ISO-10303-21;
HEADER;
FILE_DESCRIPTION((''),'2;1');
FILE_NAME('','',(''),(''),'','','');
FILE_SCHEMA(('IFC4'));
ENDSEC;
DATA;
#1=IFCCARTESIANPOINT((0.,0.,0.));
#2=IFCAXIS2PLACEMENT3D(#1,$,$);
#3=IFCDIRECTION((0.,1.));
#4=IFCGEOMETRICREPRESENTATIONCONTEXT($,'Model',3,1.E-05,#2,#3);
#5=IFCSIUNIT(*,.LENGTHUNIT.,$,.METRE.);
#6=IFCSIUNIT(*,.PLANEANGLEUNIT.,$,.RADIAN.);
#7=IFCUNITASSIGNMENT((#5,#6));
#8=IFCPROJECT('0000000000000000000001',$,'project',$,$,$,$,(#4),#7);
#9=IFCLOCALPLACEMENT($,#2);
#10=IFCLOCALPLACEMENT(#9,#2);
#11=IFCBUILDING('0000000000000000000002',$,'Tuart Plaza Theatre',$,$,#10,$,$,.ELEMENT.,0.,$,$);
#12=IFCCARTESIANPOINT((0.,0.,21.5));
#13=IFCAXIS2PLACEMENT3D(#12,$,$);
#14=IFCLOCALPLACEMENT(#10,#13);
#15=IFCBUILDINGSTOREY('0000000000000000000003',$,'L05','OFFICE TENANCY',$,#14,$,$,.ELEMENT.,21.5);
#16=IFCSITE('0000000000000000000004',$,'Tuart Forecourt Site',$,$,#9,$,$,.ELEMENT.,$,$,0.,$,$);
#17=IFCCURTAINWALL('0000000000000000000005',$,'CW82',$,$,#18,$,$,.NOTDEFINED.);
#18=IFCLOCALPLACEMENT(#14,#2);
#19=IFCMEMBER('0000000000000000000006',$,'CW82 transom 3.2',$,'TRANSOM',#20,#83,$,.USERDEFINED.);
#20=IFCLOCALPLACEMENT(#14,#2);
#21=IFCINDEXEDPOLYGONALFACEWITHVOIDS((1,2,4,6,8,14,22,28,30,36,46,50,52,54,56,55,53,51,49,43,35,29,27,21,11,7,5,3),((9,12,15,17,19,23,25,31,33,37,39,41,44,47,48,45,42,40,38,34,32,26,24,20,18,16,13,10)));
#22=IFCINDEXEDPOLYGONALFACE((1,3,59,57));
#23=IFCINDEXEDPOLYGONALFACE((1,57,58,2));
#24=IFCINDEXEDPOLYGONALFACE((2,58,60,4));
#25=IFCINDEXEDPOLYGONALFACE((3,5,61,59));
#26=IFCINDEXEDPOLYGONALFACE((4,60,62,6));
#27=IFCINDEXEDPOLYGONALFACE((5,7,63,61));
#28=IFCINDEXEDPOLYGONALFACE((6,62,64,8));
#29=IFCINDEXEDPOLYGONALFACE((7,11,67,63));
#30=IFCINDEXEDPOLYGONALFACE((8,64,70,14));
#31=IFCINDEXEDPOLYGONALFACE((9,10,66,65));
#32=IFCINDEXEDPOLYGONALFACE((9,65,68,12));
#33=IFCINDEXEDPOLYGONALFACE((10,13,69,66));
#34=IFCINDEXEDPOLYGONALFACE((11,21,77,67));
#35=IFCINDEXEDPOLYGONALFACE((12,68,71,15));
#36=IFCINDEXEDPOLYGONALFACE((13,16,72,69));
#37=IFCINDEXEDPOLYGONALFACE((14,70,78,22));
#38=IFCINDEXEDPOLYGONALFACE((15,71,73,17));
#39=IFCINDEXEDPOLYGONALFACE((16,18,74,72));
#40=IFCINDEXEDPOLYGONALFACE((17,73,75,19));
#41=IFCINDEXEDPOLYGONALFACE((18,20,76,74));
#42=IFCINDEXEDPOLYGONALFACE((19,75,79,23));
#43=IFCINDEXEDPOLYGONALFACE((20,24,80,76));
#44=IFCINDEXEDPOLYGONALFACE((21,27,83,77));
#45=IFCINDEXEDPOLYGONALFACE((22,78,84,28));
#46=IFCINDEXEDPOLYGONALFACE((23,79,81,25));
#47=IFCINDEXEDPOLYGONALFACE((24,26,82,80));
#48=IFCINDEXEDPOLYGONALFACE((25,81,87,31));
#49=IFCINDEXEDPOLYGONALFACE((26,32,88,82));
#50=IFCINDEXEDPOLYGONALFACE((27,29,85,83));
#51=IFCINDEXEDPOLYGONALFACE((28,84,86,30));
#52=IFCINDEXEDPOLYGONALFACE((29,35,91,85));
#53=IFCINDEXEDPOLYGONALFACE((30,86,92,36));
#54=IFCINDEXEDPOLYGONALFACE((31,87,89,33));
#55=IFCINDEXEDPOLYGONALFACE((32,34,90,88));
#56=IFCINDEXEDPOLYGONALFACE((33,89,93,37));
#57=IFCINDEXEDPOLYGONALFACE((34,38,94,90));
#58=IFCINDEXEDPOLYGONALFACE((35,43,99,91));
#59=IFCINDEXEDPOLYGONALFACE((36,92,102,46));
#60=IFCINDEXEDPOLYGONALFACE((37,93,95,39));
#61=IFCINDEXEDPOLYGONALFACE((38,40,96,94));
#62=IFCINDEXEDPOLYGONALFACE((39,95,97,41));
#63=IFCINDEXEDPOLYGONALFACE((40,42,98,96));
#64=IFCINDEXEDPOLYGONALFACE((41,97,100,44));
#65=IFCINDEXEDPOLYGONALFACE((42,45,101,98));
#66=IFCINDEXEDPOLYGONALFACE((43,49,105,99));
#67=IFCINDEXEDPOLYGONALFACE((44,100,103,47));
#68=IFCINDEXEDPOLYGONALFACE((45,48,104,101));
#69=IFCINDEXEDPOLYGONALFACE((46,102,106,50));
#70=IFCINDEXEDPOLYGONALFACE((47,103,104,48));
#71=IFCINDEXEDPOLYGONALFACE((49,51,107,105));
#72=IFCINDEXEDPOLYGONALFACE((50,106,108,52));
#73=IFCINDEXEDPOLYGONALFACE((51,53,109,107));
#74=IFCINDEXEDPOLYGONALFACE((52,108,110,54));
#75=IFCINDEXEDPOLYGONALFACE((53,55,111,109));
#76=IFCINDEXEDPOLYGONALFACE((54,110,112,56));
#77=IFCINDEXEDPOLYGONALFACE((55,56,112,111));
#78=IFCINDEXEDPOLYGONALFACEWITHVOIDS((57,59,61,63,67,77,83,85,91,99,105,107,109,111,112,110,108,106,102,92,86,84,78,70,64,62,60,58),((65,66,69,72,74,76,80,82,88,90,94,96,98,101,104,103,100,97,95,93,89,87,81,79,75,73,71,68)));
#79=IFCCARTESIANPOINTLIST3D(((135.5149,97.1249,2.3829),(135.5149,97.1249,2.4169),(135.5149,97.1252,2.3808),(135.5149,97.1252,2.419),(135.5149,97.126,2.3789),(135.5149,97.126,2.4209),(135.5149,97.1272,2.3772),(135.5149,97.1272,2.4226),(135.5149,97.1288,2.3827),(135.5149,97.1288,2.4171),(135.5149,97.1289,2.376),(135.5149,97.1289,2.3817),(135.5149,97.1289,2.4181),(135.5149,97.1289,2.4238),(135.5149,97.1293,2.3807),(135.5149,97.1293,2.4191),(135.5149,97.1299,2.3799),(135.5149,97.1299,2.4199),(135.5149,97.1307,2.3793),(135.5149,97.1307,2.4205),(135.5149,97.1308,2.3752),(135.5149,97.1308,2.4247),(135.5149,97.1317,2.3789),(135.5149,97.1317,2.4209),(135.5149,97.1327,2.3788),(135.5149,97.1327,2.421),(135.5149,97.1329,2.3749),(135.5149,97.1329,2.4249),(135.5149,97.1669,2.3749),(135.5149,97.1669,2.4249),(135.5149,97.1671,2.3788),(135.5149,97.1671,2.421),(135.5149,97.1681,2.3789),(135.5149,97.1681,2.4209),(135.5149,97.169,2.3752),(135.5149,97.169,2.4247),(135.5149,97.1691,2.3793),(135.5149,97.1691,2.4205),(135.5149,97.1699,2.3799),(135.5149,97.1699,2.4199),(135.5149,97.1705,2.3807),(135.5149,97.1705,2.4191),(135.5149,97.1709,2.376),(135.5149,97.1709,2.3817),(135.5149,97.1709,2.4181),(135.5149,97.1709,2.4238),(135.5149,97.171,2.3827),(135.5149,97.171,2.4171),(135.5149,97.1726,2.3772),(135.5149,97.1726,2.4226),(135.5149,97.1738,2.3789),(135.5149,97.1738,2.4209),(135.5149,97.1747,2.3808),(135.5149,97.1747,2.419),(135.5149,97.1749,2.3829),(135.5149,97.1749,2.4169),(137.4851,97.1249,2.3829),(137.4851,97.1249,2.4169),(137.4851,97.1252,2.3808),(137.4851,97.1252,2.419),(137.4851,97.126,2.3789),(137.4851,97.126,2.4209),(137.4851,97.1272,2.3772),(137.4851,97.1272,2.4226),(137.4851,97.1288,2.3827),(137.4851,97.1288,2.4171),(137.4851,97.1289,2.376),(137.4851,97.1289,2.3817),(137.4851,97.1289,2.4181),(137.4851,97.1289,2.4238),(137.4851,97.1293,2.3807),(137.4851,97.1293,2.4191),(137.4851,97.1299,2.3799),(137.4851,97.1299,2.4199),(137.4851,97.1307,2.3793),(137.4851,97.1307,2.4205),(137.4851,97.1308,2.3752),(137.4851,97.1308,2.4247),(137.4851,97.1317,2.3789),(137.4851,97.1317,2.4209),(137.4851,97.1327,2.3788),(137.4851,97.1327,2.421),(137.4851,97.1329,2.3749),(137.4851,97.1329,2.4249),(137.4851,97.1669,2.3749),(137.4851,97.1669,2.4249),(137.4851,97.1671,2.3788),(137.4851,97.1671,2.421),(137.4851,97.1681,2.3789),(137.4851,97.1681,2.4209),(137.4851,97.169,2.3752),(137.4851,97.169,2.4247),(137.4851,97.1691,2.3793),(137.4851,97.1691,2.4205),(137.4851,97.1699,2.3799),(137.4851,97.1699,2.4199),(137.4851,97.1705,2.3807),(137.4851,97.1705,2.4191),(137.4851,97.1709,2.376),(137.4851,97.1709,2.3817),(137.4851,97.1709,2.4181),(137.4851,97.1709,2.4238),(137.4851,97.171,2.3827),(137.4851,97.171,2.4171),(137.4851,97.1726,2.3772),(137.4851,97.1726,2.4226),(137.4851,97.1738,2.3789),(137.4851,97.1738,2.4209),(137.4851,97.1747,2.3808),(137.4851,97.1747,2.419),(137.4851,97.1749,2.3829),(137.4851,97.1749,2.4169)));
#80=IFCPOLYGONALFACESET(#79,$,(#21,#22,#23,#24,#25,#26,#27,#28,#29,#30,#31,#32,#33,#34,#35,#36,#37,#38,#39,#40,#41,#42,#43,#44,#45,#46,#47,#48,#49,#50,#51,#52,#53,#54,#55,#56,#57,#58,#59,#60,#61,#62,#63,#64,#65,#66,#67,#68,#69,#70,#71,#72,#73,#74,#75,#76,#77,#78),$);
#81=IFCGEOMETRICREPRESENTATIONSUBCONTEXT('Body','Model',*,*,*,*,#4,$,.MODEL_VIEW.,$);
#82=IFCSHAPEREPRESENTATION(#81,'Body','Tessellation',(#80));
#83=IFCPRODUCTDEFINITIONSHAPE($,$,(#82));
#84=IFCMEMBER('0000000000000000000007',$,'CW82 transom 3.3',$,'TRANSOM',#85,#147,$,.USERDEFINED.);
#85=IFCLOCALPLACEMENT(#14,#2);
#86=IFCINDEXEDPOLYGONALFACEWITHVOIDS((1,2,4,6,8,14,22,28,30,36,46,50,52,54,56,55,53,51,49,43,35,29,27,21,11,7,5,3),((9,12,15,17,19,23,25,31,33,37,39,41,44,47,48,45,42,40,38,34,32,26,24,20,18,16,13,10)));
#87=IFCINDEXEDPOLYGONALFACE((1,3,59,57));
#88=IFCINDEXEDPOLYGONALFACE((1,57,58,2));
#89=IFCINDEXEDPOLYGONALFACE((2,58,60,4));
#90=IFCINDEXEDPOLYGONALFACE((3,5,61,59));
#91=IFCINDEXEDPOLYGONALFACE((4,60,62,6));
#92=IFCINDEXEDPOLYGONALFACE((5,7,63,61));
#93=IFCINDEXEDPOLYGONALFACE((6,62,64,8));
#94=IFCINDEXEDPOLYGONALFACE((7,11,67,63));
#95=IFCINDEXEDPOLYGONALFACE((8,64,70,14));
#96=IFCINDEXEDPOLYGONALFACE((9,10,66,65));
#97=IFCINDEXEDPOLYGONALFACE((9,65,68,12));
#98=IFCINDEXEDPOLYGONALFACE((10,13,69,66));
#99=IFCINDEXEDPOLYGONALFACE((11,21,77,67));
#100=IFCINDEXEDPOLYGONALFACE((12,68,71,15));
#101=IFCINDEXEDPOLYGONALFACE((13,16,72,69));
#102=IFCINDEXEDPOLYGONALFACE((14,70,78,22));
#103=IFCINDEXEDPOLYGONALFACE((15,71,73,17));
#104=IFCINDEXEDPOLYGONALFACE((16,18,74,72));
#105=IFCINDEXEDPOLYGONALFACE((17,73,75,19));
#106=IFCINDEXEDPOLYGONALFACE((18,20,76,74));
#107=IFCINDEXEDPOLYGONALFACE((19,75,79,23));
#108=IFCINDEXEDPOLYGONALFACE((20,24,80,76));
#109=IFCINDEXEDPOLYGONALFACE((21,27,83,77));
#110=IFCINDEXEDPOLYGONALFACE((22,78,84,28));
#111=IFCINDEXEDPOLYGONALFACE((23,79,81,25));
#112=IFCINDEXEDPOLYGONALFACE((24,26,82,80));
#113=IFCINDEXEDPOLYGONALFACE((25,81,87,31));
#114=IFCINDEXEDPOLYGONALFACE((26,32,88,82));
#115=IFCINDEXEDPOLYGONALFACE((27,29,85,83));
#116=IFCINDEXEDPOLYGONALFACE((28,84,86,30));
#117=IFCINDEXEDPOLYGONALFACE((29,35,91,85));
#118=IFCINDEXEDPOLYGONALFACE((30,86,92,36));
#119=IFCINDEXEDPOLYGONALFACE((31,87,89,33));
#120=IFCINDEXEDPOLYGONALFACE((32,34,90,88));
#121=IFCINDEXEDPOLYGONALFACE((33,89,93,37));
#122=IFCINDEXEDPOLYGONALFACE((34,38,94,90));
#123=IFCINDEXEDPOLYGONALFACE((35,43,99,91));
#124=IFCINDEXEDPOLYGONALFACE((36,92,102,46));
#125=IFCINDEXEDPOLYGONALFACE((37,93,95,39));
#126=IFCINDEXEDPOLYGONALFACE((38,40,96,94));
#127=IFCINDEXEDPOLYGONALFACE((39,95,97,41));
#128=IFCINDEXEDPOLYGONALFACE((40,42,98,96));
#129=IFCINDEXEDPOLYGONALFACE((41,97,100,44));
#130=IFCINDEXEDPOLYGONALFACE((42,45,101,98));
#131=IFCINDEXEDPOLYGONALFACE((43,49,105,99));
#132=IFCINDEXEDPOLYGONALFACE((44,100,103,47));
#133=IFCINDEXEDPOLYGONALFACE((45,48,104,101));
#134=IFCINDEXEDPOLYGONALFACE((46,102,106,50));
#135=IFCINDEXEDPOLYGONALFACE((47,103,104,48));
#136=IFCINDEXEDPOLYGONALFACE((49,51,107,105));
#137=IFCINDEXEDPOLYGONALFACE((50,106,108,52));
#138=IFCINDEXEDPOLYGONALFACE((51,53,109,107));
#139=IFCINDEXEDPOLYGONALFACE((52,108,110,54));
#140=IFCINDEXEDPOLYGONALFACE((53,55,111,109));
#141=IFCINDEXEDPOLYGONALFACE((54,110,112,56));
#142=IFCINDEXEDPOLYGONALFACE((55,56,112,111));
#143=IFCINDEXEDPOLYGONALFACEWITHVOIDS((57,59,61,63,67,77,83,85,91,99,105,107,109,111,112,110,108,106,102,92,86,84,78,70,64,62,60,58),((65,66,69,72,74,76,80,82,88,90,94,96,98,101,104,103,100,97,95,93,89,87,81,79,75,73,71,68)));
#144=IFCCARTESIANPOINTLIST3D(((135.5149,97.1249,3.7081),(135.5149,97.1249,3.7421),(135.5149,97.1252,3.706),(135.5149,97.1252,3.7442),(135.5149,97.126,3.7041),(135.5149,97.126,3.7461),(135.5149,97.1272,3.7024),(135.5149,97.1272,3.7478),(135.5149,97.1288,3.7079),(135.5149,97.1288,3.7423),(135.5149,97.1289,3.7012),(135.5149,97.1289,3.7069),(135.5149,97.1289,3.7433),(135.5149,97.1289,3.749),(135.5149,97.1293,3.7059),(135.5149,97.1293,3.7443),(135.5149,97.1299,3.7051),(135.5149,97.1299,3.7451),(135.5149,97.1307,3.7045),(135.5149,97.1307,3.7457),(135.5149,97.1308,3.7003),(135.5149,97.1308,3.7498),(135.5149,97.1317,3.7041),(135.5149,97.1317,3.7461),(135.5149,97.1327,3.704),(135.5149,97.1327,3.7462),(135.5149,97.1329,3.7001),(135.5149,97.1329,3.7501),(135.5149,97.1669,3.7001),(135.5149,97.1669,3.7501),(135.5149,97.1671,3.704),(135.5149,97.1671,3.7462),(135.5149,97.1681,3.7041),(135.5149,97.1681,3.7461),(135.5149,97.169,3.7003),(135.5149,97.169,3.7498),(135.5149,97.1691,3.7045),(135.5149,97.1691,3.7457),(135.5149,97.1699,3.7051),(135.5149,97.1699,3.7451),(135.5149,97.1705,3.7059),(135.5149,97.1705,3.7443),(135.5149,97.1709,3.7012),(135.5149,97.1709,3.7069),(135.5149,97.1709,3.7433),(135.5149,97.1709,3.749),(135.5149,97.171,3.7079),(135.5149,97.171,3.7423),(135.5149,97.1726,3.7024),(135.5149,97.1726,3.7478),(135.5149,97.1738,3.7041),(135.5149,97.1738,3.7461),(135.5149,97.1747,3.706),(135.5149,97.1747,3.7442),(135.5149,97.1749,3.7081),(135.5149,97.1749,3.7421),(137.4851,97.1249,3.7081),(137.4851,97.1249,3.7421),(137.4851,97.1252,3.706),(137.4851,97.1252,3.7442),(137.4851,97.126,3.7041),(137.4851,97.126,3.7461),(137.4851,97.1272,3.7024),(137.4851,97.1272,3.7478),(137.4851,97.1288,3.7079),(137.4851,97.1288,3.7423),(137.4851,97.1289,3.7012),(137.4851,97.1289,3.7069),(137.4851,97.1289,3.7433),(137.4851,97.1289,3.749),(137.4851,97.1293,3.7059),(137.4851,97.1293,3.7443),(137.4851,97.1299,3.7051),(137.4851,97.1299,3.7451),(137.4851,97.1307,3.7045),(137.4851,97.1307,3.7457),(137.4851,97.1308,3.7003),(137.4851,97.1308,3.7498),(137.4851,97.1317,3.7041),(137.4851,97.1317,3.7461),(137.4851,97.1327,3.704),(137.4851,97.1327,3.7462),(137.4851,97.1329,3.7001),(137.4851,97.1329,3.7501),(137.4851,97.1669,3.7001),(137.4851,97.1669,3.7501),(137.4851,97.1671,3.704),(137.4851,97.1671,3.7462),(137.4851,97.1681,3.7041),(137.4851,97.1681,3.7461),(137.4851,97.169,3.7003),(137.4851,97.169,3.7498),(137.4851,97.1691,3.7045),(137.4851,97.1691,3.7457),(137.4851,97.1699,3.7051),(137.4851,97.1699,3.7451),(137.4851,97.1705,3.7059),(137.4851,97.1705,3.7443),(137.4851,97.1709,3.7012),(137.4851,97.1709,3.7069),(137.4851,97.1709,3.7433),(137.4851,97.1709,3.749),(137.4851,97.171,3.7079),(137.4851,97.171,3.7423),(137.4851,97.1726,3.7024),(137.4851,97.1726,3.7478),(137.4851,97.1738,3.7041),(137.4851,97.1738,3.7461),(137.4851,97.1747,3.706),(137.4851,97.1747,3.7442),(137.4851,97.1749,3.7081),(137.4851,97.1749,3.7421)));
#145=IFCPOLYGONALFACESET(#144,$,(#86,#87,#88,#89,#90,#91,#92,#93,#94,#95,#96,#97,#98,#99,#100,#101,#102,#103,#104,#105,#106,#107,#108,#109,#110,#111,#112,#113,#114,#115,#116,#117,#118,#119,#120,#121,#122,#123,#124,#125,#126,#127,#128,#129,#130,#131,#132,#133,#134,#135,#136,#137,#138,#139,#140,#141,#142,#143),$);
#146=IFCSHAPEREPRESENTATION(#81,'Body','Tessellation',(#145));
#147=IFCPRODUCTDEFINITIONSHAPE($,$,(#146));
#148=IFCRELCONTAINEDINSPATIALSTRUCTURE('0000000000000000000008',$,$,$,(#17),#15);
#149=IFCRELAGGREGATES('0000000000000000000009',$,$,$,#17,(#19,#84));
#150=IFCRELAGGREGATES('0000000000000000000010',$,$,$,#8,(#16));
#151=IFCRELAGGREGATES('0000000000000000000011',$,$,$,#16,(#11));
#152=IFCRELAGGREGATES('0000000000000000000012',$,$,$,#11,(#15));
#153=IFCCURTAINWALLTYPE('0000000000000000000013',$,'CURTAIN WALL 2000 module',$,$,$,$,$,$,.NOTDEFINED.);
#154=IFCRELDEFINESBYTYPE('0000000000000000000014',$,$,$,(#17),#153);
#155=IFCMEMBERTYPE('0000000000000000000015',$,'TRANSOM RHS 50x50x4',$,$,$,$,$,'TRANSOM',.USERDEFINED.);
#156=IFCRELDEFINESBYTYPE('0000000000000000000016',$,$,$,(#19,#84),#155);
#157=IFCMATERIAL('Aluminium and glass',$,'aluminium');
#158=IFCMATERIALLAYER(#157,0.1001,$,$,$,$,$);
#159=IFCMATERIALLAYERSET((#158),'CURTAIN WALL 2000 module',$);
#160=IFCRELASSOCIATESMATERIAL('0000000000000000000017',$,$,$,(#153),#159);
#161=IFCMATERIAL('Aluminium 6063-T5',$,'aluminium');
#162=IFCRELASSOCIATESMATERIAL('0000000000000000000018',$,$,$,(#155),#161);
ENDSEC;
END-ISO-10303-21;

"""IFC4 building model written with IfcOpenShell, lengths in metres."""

from ifc_helpers import new_model, si_unit, direction, frame, origin, origin_2d, place, context, subcontext, project, spatial, hollow_rectangle, extrude, material, layer, layer_set, material_profile, profile_set, type_object, element, aggregate, save


model = new_model("IFC4")

# Units and contexts
model_context = context("Model", 3, precision=1e-05, world=origin(), true_north=direction((0.0, 1.0)))
body_context = subcontext(model_context, "Body", "Model", "MODEL_VIEW")
ifc_project = project(units=[si_unit("LENGTHUNIT", "METRE"), si_unit("PLANEANGLEUNIT", "RADIAN")], contexts=[model_context])

# Site, building, storey
site_placement = place(None, origin())
site = spatial("IfcSite", under=ifc_project, at=site_placement, Name="Tuart Forecourt Site", CompositionType="ELEMENT", RefElevation=0.0)
building_placement = place(site_placement, origin())
building = spatial("IfcBuilding", under=site, at=building_placement, Name="Tuart Plaza Theatre", CompositionType="ELEMENT", ElevationOfRefHeight=0.0)
storey_placement = place(building_placement, frame((0.0, 0.0, 21.5)))
storey = spatial("IfcBuildingStorey", under=building, at=storey_placement, Name="L05", Description="OFFICE TENANCY", CompositionType="ELEMENT", Elevation=21.5)

# Curtain wall
ifc_material_1 = material(Name="Aluminium and glass", Category="aluminium")
ifc_layer_1 = layer(ifc_material_1, 0.1001)
ifc_layer_set_1 = layer_set([ifc_layer_1], Name="CURTAIN WALL 2000 module")
curtain_wall_type = type_object("IfcCurtainWallType", Name="CURTAIN WALL 2000 module", PredefinedType="NOTDEFINED", material=ifc_layer_set_1)
curtain_wall_1_placement = place(storey_placement, origin())
curtain_wall_1 = element("IfcCurtainWall", 1, at=curtain_wall_1_placement, inside=storey, type_object=curtain_wall_type, Name="CW82", PredefinedType="NOTDEFINED")

# Members
ifc_material_2 = material(Name="Aluminium 6063-T5", Category="aluminium")
ifc_material_profile_1 = material_profile(ifc_material_2, hollow_rectangle(XDim=0.05, YDim=0.05, WallThickness=0.0039, InnerFilletRadius=0.0039, OuterFilletRadius=0.0081, at=origin_2d()), Name="RHS 50x50x4")
ifc_profile_set_1 = profile_set([ifc_material_profile_1], Name="Aluminium 6063-T5")
member_type_1 = type_object("IfcMemberType", Name="TRANSOM RHS 50x50x4", ElementType="TRANSOM", PredefinedType="USERDEFINED", material=ifc_profile_set_1)
member_1_placement = place(storey_placement, frame((137.4851, 97.1499, 2.3999), z_axis=(-1.0, 0.0, 0.0), x_axis=(0.0, -1.0, 0.0)))
member_1 = element("IfcMember", 2, at=member_1_placement, type_object=member_type_1, Name="CW82 transom 3.2", ObjectType="TRANSOM", PredefinedType="USERDEFINED", context=body_context, shape_type="SweptSolid", body=[
    extrude(hollow_rectangle(XDim=0.05, YDim=0.05, WallThickness=0.0039, InnerFilletRadius=0.0039, OuterFilletRadius=0.0081, at=origin_2d()), origin(), (0.0, 0.0, 1.0), 1.9702),
])
member_2_placement = place(storey_placement, frame((137.4851, 97.1499, 3.7251), z_axis=(-1.0, 0.0, 0.0), x_axis=(0.0, -1.0, 0.0)))
member_2 = element("IfcMember", 3, at=member_2_placement, type_object=member_type_1, Name="CW82 transom 3.3", ObjectType="TRANSOM", PredefinedType="USERDEFINED", context=body_context, shape_type="SweptSolid", body=[
    extrude(hollow_rectangle(XDim=0.05, YDim=0.05, WallThickness=0.0039, InnerFilletRadius=0.0039, OuterFilletRadius=0.0081, at=origin_2d()), origin(), (0.0, 0.0, 1.0), 1.9702),
])

aggregate(curtain_wall_1, [member_1, member_2])

save(model, "model.ifc")
